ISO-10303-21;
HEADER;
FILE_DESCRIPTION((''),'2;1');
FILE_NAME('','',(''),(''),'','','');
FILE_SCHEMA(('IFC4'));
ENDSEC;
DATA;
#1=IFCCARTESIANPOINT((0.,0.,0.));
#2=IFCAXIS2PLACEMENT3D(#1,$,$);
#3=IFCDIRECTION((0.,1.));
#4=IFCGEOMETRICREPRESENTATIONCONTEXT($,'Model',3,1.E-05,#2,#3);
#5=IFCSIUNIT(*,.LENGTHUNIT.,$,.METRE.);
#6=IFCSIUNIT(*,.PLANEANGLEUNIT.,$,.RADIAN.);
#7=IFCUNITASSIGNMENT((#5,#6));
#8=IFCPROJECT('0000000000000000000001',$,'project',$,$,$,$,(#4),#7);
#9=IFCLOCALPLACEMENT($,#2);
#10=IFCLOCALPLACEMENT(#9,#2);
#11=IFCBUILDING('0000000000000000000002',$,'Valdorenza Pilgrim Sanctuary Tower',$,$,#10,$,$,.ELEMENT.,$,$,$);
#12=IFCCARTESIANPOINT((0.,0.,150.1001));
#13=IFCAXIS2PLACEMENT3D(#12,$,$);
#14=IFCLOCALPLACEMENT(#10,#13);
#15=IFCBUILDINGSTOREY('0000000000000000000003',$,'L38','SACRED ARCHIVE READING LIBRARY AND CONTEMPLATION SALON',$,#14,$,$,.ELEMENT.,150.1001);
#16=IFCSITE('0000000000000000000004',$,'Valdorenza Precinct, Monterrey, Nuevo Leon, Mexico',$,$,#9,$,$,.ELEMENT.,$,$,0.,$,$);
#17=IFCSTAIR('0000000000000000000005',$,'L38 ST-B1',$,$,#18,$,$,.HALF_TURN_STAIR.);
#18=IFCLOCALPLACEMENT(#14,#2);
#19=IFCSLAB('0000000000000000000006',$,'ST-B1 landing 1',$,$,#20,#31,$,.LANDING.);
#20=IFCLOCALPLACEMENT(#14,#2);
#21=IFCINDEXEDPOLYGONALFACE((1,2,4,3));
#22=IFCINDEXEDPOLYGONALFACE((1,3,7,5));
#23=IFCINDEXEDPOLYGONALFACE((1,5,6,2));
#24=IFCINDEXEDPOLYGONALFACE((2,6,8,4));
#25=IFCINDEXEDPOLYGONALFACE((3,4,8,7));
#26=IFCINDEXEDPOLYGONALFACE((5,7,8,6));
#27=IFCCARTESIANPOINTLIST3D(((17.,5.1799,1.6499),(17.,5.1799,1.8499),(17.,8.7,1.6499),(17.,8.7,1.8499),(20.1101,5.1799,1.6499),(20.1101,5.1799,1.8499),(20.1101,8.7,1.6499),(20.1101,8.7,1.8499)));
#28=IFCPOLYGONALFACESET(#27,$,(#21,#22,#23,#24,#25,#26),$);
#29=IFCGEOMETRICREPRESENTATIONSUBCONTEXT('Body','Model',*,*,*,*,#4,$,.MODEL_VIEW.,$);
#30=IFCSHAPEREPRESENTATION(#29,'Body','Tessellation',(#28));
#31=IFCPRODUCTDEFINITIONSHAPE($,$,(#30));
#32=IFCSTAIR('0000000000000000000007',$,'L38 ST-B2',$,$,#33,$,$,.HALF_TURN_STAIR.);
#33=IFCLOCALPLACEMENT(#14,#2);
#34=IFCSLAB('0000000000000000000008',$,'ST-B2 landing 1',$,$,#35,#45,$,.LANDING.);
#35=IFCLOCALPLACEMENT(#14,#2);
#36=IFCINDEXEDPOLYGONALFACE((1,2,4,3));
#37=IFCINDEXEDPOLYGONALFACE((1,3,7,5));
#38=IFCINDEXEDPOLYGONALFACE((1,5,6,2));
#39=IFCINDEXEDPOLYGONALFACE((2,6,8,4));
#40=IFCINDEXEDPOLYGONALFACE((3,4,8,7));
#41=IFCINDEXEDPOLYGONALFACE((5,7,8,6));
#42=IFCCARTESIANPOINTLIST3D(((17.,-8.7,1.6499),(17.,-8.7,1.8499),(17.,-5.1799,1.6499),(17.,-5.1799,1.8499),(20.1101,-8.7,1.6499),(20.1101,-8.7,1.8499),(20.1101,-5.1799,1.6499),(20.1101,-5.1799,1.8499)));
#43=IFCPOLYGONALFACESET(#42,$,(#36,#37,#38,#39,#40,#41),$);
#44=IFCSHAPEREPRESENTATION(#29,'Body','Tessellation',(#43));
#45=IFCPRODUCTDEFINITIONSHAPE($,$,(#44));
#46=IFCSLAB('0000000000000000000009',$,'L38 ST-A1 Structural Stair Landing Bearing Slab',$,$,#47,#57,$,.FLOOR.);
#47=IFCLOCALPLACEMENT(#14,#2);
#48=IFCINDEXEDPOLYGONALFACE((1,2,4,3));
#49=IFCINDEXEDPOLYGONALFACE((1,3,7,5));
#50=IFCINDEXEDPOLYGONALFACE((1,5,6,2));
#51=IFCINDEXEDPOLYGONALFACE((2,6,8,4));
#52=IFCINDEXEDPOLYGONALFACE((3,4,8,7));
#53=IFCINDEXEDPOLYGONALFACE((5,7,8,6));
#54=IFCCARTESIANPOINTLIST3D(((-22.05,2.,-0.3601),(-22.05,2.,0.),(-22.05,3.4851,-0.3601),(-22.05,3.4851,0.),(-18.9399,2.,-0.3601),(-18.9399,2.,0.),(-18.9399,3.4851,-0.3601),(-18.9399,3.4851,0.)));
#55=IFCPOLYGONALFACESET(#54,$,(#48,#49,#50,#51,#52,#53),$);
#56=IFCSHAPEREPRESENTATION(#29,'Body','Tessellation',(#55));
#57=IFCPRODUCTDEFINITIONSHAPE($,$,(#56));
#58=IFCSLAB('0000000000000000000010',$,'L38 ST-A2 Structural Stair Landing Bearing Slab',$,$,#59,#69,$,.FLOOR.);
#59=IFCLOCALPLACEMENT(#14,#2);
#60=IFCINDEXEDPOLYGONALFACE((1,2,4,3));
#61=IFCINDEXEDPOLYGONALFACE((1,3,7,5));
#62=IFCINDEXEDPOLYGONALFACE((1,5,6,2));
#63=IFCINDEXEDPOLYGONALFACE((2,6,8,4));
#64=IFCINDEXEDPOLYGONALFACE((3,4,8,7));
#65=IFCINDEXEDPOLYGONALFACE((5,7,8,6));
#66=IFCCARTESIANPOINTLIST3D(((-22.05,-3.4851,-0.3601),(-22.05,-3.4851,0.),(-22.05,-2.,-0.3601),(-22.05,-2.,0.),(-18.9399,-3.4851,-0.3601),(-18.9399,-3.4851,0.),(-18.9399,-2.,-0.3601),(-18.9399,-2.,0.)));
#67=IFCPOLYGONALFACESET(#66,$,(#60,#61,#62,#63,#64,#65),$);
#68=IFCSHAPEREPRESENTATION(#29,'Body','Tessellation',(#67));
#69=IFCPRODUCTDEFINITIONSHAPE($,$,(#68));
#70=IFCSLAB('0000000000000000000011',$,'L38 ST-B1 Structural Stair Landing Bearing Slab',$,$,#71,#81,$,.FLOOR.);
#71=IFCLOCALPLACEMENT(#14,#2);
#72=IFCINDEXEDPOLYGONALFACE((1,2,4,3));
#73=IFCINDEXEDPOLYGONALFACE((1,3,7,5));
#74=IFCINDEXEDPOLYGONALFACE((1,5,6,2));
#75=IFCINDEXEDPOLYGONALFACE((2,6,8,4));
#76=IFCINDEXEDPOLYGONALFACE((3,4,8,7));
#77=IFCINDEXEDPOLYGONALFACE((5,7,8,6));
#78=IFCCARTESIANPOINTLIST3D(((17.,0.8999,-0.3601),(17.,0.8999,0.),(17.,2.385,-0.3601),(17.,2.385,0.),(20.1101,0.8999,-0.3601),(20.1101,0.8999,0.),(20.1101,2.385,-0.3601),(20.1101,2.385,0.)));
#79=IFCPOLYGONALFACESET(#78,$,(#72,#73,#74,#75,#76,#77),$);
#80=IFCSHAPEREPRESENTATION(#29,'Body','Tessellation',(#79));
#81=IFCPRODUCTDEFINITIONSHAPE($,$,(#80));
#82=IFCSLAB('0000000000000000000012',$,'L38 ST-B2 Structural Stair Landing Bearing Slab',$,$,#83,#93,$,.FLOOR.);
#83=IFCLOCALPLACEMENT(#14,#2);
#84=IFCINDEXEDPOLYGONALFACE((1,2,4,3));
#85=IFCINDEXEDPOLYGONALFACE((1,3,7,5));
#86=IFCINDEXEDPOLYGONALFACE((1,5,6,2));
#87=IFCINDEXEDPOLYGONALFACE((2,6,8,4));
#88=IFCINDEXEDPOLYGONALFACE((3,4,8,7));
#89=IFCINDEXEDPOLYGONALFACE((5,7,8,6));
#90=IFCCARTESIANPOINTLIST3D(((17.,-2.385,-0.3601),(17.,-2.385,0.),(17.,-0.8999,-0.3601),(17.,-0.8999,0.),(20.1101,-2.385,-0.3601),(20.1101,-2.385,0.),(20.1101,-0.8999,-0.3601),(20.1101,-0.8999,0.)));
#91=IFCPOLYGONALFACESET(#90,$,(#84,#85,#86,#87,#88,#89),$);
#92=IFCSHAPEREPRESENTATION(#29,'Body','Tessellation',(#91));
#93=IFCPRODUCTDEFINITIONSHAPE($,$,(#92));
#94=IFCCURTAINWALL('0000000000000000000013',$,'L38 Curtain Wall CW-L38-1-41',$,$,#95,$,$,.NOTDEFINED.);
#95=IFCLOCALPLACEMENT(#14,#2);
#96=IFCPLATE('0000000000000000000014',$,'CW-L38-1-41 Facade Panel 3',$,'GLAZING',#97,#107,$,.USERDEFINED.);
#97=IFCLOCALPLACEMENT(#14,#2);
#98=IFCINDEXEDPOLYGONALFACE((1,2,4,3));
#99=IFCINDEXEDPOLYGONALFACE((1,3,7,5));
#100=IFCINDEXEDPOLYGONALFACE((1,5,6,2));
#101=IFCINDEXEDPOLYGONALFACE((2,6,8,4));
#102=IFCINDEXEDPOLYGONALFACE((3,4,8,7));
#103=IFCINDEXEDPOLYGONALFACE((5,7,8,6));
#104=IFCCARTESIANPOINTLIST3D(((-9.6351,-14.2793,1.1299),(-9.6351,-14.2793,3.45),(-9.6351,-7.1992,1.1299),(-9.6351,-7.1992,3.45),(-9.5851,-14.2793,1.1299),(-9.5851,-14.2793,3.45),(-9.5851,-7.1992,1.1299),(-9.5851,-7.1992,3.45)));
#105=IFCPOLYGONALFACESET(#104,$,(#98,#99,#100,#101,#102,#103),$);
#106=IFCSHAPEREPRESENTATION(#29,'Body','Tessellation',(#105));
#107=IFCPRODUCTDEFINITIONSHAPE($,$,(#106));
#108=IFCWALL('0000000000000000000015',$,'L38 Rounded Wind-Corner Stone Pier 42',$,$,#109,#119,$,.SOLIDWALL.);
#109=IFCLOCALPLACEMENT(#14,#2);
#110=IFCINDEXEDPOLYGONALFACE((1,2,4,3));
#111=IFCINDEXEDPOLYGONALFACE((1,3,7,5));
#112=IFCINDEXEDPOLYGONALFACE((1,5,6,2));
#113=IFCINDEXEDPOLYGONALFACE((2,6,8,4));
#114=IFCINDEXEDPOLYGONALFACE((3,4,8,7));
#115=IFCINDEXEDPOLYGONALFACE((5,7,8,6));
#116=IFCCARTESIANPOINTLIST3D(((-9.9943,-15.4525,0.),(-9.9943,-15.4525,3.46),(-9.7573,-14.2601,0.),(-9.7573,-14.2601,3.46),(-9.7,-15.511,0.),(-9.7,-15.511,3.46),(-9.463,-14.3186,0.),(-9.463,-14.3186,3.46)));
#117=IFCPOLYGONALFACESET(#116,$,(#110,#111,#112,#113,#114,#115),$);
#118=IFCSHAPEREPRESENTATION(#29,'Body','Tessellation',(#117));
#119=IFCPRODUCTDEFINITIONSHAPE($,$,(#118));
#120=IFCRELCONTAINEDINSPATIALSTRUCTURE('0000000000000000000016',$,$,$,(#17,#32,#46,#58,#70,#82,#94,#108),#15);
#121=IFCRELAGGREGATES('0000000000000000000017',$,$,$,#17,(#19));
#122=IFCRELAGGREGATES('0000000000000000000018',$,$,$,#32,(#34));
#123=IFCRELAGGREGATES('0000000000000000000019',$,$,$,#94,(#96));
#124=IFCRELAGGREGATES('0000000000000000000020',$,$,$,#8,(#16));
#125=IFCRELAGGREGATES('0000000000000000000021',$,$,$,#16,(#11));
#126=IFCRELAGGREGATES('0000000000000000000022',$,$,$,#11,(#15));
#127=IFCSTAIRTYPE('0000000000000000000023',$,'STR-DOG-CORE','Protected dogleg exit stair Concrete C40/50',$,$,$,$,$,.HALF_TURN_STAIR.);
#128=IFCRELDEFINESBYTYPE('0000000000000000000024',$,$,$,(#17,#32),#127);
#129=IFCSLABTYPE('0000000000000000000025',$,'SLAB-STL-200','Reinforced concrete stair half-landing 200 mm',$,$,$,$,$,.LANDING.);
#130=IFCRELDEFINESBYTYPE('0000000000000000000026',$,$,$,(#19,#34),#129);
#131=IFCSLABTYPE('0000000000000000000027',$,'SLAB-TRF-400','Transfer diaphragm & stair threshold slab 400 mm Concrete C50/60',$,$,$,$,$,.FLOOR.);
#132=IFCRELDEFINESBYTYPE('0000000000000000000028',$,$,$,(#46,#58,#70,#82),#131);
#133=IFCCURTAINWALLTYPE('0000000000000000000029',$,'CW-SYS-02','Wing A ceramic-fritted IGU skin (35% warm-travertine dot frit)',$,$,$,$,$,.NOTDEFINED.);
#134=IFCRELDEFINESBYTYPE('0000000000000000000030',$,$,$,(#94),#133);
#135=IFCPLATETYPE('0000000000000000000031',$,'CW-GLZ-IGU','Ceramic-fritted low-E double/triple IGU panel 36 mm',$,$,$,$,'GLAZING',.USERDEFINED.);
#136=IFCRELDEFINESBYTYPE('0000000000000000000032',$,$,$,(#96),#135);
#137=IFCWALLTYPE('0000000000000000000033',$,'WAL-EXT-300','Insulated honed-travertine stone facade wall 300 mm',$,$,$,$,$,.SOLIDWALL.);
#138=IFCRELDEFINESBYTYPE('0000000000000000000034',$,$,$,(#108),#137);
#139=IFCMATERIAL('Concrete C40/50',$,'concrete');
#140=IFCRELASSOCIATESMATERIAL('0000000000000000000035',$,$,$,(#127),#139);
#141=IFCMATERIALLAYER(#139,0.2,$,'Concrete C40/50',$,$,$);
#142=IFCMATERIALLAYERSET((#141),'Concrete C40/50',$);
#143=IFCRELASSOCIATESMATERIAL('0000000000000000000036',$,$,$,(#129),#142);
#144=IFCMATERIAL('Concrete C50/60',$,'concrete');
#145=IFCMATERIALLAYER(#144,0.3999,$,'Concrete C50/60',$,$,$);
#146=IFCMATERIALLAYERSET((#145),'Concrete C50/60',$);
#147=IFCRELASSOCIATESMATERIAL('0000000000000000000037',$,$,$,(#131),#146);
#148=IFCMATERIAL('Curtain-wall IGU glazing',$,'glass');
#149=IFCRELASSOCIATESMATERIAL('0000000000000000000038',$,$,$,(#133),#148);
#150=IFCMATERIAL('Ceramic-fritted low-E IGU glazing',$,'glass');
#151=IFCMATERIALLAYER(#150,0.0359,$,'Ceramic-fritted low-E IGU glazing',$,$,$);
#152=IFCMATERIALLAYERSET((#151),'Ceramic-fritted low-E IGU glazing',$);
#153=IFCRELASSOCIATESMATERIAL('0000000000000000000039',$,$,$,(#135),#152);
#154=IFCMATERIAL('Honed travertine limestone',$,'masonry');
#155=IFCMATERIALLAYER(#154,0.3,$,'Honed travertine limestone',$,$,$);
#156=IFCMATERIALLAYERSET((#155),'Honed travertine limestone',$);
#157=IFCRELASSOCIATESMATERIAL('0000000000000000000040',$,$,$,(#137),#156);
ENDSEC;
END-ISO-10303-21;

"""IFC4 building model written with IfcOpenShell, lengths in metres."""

from ifc_helpers import new_model, si_unit, direction, frame, frame_2d, origin, origin_2d, place, context, subcontext, project, spatial, polyline, rectangle, outline, extrude, source, transform, mapped, material, layer, layer_set, type_object, element, aggregate, save


model = new_model("IFC4")

# Units and contexts
model_context = context("Model", 3, precision=1e-05, world=origin(), true_north=direction((0.0, 1.0)))
body_context = subcontext(model_context, "Body", "Model", "MODEL_VIEW")
ifc_project = project(units=[si_unit("LENGTHUNIT", "METRE"), si_unit("PLANEANGLEUNIT", "RADIAN")], contexts=[model_context])

# Site, building, storey
site_placement = place(None, origin())
site = spatial("IfcSite", under=ifc_project, at=site_placement, Name="Valdorenza Precinct, Monterrey, Nuevo Leon, Mexico", CompositionType="ELEMENT", RefElevation=0.0)
building_placement = place(site_placement, origin())
building = spatial("IfcBuilding", under=site, at=building_placement, Name="Valdorenza Pilgrim Sanctuary Tower", CompositionType="ELEMENT")
storey_placement = place(building_placement, frame((0.0, 0.0, 150.1001)))
storey = spatial("IfcBuildingStorey", under=building, at=storey_placement, Name="L38", Description="SACRED ARCHIVE READING LIBRARY AND CONTEMPLATION SALON", CompositionType="ELEMENT", Elevation=150.1001)

# Shared definitions
ifc_material_1 = material(Name="Concrete C40/50", Category="concrete")

# Stairs, slabs
stair_type = type_object("IfcStairType", Name="STR-DOG-CORE", Description="Protected dogleg exit stair Concrete C40/50", PredefinedType="HALF_TURN_STAIR", material=ifc_material_1)
ifc_layer_1 = layer(ifc_material_1, 0.2, Name="Concrete C40/50")
ifc_layer_set_1 = layer_set([ifc_layer_1], Name="Concrete C40/50")
slab_type_1 = type_object("IfcSlabType", Name="SLAB-STL-200", Description="Reinforced concrete stair half-landing 200 mm", PredefinedType="LANDING", material=ifc_layer_set_1)
stair_1_placement = place(storey_placement, origin())
stair_1 = element("IfcStair", 1, at=stair_1_placement, inside=storey, type_object=stair_type, Name="L38 ST-B1", PredefinedType="HALF_TURN_STAIR")
slab_1_placement = place(storey_placement, frame((0.0, 0.0, 1.6499)))
slab_1 = element("IfcSlab", 2, at=slab_1_placement, type_object=slab_type_1, Name="ST-B1 landing 1", PredefinedType="LANDING", context=body_context, shape_type="SweptSolid", body=[
    extrude(outline(polyline([(20.1101, 5.1799), (20.1101, 8.7), (17.0, 8.7), (17.0, 5.1799), (20.1101, 5.1799)])), origin(), (0.0, 0.0, 1.0), 0.2),
])
aggregate(stair_1, [slab_1])
stair_2_placement = place(storey_placement, origin())
stair_2 = element("IfcStair", 3, at=stair_2_placement, inside=storey, type_object=stair_type, Name="L38 ST-B2", PredefinedType="HALF_TURN_STAIR")
slab_2_placement = place(storey_placement, frame((0.0, 0.0, 1.6499)))
slab_2 = element("IfcSlab", 4, at=slab_2_placement, type_object=slab_type_1, Name="ST-B2 landing 1", PredefinedType="LANDING", context=body_context, shape_type="SweptSolid", body=[
    extrude(outline(polyline([(17.0, -5.1799), (17.0, -8.7), (20.1101, -8.7), (20.1101, -5.1799), (17.0, -5.1799)])), origin(), (0.0, 0.0, 1.0), 0.2),
])
aggregate(stair_2, [slab_2])

# Slabs
ifc_material_2 = material(Name="Concrete C50/60", Category="concrete")
ifc_layer_2 = layer(ifc_material_2, 0.3999, Name="Concrete C50/60")
ifc_layer_set_2 = layer_set([ifc_layer_2], Name="Concrete C50/60")
slab_type_2 = type_object("IfcSlabType", Name="SLAB-TRF-400", Description="Transfer diaphragm & stair threshold slab 400 mm Concrete C50/60", PredefinedType="FLOOR", material=ifc_layer_set_2)
slab_3_placement = place(storey_placement, frame((0.0, 0.0, -0.3601)))
element("IfcSlab", 5, at=slab_3_placement, inside=storey, type_object=slab_type_2, Name="L38 ST-A1 Structural Stair Landing Bearing Slab", PredefinedType="FLOOR", context=body_context, shape_type="SweptSolid", body=[
    extrude(outline(polyline([(-22.05, 2.0), (-18.9399, 2.0), (-18.9399, 3.4851), (-22.05, 3.4851), (-22.05, 2.0)])), origin(), (0.0, 0.0, 1.0), 0.3601),
])
slab_4_placement = place(storey_placement, frame((0.0, 0.0, -0.3601)))
element("IfcSlab", 6, at=slab_4_placement, inside=storey, type_object=slab_type_2, Name="L38 ST-A2 Structural Stair Landing Bearing Slab", PredefinedType="FLOOR", context=body_context, shape_type="SweptSolid", body=[
    extrude(outline(polyline([(-22.05, -3.4851), (-18.9399, -3.4851), (-18.9399, -2.0), (-22.05, -2.0), (-22.05, -3.4851)])), origin(), (0.0, 0.0, 1.0), 0.3601),
])
slab_5_placement = place(storey_placement, frame((0.0, 0.0, -0.3601)))
element("IfcSlab", 7, at=slab_5_placement, inside=storey, type_object=slab_type_2, Name="L38 ST-B1 Structural Stair Landing Bearing Slab", PredefinedType="FLOOR", context=body_context, shape_type="SweptSolid", body=[
    extrude(outline(polyline([(17.0, 0.8999), (20.1101, 0.8999), (20.1101, 2.385), (17.0, 2.385), (17.0, 0.8999)])), origin(), (0.0, 0.0, 1.0), 0.3601),
])
slab_6_placement = place(storey_placement, frame((0.0, 0.0, -0.3601)))
element("IfcSlab", 8, at=slab_6_placement, inside=storey, type_object=slab_type_2, Name="L38 ST-B2 Structural Stair Landing Bearing Slab", PredefinedType="FLOOR", context=body_context, shape_type="SweptSolid", body=[
    extrude(outline(polyline([(17.0, -2.385), (20.1101, -2.385), (20.1101, -0.8999), (17.0, -0.8999), (17.0, -2.385)])), origin(), (0.0, 0.0, 1.0), 0.3601),
])

# Curtain wall, plate
ifc_material_3 = material(Name="Curtain-wall IGU glazing", Category="glass")
curtain_wall_type = type_object("IfcCurtainWallType", Name="CW-SYS-02", Description="Wing A ceramic-fritted IGU skin (35% warm-travertine dot frit)", PredefinedType="NOTDEFINED", material=ifc_material_3)
curtain_wall_placement = place(storey_placement, origin())
curtain_wall = element("IfcCurtainWall", 9, at=curtain_wall_placement, inside=storey, type_object=curtain_wall_type, Name="L38 Curtain Wall CW-L38-1-41", PredefinedType="NOTDEFINED")
ifc_material_4 = material(Name="Ceramic-fritted low-E IGU glazing", Category="glass")
ifc_layer_3 = layer(ifc_material_4, 0.0359, Name="Ceramic-fritted low-E IGU glazing")
ifc_layer_set_3 = layer_set([ifc_layer_3], Name="Ceramic-fritted low-E IGU glazing")
plate_type = type_object("IfcPlateType", Name="CW-GLZ-IGU", Description="Ceramic-fritted low-E double/triple IGU panel 36 mm", ElementType="GLAZING", PredefinedType="USERDEFINED", material=ifc_layer_set_3)
shared_shape = source(origin(), body_context, "Body", "SweptSolid", [
    extrude(rectangle(XDim=7.0801, YDim=0.05, at=origin_2d()), origin(), (0.0, 0.0, 1.0), 2.3201),
])
plate_placement = place(storey_placement, frame((-9.6101, -10.7393, 1.1299), z_axis=(0.0, 0.0, 1.0), x_axis=(0.0, -1.0, 0.0)))
plate = element("IfcPlate", 10, at=plate_placement, type_object=plate_type, Name="CW-L38-1-41 Facade Panel 3", ObjectType="GLAZING", PredefinedType="USERDEFINED", context=body_context, shape_type="MappedRepresentation", body=[
    mapped(shared_shape, transform((0.0, 0.0, 0.0), x_axis=(1.0, 0.0, 0.0), y_axis=(0.0, 1.0, 0.0), z_axis=(0.0, 0.0, 1.0), scale=1.0)),
])
aggregate(curtain_wall, [plate])

# Wall
ifc_material_5 = material(Name="Honed travertine limestone", Category="masonry")
ifc_layer_4 = layer(ifc_material_5, 0.3, Name="Honed travertine limestone")
ifc_layer_set_4 = layer_set([ifc_layer_4], Name="Honed travertine limestone")
wall_type = type_object("IfcWallType", Name="WAL-EXT-300", Description="Insulated honed-travertine stone facade wall 300 mm", PredefinedType="SOLIDWALL", material=ifc_layer_set_4)
wall_placement = place(storey_placement, frame((-9.6101, -14.2893, 0.0), z_axis=(0.0, 0.0, 1.0), x_axis=(-0.194996, -0.980804, 0.0)))
element("IfcWall", 11, at=wall_placement, inside=storey, type_object=wall_type, Name="L38 Rounded Wind-Corner Stone Pier 42", PredefinedType="SOLIDWALL", context=body_context, shape_type="SweptSolid", body=[
    extrude(rectangle(XDim=1.2158, YDim=0.3, at=frame_2d((0.6079, 0.0))), origin(), (0.0, 0.0, 1.0), 3.46),
])

save(model, "model.ifc")
